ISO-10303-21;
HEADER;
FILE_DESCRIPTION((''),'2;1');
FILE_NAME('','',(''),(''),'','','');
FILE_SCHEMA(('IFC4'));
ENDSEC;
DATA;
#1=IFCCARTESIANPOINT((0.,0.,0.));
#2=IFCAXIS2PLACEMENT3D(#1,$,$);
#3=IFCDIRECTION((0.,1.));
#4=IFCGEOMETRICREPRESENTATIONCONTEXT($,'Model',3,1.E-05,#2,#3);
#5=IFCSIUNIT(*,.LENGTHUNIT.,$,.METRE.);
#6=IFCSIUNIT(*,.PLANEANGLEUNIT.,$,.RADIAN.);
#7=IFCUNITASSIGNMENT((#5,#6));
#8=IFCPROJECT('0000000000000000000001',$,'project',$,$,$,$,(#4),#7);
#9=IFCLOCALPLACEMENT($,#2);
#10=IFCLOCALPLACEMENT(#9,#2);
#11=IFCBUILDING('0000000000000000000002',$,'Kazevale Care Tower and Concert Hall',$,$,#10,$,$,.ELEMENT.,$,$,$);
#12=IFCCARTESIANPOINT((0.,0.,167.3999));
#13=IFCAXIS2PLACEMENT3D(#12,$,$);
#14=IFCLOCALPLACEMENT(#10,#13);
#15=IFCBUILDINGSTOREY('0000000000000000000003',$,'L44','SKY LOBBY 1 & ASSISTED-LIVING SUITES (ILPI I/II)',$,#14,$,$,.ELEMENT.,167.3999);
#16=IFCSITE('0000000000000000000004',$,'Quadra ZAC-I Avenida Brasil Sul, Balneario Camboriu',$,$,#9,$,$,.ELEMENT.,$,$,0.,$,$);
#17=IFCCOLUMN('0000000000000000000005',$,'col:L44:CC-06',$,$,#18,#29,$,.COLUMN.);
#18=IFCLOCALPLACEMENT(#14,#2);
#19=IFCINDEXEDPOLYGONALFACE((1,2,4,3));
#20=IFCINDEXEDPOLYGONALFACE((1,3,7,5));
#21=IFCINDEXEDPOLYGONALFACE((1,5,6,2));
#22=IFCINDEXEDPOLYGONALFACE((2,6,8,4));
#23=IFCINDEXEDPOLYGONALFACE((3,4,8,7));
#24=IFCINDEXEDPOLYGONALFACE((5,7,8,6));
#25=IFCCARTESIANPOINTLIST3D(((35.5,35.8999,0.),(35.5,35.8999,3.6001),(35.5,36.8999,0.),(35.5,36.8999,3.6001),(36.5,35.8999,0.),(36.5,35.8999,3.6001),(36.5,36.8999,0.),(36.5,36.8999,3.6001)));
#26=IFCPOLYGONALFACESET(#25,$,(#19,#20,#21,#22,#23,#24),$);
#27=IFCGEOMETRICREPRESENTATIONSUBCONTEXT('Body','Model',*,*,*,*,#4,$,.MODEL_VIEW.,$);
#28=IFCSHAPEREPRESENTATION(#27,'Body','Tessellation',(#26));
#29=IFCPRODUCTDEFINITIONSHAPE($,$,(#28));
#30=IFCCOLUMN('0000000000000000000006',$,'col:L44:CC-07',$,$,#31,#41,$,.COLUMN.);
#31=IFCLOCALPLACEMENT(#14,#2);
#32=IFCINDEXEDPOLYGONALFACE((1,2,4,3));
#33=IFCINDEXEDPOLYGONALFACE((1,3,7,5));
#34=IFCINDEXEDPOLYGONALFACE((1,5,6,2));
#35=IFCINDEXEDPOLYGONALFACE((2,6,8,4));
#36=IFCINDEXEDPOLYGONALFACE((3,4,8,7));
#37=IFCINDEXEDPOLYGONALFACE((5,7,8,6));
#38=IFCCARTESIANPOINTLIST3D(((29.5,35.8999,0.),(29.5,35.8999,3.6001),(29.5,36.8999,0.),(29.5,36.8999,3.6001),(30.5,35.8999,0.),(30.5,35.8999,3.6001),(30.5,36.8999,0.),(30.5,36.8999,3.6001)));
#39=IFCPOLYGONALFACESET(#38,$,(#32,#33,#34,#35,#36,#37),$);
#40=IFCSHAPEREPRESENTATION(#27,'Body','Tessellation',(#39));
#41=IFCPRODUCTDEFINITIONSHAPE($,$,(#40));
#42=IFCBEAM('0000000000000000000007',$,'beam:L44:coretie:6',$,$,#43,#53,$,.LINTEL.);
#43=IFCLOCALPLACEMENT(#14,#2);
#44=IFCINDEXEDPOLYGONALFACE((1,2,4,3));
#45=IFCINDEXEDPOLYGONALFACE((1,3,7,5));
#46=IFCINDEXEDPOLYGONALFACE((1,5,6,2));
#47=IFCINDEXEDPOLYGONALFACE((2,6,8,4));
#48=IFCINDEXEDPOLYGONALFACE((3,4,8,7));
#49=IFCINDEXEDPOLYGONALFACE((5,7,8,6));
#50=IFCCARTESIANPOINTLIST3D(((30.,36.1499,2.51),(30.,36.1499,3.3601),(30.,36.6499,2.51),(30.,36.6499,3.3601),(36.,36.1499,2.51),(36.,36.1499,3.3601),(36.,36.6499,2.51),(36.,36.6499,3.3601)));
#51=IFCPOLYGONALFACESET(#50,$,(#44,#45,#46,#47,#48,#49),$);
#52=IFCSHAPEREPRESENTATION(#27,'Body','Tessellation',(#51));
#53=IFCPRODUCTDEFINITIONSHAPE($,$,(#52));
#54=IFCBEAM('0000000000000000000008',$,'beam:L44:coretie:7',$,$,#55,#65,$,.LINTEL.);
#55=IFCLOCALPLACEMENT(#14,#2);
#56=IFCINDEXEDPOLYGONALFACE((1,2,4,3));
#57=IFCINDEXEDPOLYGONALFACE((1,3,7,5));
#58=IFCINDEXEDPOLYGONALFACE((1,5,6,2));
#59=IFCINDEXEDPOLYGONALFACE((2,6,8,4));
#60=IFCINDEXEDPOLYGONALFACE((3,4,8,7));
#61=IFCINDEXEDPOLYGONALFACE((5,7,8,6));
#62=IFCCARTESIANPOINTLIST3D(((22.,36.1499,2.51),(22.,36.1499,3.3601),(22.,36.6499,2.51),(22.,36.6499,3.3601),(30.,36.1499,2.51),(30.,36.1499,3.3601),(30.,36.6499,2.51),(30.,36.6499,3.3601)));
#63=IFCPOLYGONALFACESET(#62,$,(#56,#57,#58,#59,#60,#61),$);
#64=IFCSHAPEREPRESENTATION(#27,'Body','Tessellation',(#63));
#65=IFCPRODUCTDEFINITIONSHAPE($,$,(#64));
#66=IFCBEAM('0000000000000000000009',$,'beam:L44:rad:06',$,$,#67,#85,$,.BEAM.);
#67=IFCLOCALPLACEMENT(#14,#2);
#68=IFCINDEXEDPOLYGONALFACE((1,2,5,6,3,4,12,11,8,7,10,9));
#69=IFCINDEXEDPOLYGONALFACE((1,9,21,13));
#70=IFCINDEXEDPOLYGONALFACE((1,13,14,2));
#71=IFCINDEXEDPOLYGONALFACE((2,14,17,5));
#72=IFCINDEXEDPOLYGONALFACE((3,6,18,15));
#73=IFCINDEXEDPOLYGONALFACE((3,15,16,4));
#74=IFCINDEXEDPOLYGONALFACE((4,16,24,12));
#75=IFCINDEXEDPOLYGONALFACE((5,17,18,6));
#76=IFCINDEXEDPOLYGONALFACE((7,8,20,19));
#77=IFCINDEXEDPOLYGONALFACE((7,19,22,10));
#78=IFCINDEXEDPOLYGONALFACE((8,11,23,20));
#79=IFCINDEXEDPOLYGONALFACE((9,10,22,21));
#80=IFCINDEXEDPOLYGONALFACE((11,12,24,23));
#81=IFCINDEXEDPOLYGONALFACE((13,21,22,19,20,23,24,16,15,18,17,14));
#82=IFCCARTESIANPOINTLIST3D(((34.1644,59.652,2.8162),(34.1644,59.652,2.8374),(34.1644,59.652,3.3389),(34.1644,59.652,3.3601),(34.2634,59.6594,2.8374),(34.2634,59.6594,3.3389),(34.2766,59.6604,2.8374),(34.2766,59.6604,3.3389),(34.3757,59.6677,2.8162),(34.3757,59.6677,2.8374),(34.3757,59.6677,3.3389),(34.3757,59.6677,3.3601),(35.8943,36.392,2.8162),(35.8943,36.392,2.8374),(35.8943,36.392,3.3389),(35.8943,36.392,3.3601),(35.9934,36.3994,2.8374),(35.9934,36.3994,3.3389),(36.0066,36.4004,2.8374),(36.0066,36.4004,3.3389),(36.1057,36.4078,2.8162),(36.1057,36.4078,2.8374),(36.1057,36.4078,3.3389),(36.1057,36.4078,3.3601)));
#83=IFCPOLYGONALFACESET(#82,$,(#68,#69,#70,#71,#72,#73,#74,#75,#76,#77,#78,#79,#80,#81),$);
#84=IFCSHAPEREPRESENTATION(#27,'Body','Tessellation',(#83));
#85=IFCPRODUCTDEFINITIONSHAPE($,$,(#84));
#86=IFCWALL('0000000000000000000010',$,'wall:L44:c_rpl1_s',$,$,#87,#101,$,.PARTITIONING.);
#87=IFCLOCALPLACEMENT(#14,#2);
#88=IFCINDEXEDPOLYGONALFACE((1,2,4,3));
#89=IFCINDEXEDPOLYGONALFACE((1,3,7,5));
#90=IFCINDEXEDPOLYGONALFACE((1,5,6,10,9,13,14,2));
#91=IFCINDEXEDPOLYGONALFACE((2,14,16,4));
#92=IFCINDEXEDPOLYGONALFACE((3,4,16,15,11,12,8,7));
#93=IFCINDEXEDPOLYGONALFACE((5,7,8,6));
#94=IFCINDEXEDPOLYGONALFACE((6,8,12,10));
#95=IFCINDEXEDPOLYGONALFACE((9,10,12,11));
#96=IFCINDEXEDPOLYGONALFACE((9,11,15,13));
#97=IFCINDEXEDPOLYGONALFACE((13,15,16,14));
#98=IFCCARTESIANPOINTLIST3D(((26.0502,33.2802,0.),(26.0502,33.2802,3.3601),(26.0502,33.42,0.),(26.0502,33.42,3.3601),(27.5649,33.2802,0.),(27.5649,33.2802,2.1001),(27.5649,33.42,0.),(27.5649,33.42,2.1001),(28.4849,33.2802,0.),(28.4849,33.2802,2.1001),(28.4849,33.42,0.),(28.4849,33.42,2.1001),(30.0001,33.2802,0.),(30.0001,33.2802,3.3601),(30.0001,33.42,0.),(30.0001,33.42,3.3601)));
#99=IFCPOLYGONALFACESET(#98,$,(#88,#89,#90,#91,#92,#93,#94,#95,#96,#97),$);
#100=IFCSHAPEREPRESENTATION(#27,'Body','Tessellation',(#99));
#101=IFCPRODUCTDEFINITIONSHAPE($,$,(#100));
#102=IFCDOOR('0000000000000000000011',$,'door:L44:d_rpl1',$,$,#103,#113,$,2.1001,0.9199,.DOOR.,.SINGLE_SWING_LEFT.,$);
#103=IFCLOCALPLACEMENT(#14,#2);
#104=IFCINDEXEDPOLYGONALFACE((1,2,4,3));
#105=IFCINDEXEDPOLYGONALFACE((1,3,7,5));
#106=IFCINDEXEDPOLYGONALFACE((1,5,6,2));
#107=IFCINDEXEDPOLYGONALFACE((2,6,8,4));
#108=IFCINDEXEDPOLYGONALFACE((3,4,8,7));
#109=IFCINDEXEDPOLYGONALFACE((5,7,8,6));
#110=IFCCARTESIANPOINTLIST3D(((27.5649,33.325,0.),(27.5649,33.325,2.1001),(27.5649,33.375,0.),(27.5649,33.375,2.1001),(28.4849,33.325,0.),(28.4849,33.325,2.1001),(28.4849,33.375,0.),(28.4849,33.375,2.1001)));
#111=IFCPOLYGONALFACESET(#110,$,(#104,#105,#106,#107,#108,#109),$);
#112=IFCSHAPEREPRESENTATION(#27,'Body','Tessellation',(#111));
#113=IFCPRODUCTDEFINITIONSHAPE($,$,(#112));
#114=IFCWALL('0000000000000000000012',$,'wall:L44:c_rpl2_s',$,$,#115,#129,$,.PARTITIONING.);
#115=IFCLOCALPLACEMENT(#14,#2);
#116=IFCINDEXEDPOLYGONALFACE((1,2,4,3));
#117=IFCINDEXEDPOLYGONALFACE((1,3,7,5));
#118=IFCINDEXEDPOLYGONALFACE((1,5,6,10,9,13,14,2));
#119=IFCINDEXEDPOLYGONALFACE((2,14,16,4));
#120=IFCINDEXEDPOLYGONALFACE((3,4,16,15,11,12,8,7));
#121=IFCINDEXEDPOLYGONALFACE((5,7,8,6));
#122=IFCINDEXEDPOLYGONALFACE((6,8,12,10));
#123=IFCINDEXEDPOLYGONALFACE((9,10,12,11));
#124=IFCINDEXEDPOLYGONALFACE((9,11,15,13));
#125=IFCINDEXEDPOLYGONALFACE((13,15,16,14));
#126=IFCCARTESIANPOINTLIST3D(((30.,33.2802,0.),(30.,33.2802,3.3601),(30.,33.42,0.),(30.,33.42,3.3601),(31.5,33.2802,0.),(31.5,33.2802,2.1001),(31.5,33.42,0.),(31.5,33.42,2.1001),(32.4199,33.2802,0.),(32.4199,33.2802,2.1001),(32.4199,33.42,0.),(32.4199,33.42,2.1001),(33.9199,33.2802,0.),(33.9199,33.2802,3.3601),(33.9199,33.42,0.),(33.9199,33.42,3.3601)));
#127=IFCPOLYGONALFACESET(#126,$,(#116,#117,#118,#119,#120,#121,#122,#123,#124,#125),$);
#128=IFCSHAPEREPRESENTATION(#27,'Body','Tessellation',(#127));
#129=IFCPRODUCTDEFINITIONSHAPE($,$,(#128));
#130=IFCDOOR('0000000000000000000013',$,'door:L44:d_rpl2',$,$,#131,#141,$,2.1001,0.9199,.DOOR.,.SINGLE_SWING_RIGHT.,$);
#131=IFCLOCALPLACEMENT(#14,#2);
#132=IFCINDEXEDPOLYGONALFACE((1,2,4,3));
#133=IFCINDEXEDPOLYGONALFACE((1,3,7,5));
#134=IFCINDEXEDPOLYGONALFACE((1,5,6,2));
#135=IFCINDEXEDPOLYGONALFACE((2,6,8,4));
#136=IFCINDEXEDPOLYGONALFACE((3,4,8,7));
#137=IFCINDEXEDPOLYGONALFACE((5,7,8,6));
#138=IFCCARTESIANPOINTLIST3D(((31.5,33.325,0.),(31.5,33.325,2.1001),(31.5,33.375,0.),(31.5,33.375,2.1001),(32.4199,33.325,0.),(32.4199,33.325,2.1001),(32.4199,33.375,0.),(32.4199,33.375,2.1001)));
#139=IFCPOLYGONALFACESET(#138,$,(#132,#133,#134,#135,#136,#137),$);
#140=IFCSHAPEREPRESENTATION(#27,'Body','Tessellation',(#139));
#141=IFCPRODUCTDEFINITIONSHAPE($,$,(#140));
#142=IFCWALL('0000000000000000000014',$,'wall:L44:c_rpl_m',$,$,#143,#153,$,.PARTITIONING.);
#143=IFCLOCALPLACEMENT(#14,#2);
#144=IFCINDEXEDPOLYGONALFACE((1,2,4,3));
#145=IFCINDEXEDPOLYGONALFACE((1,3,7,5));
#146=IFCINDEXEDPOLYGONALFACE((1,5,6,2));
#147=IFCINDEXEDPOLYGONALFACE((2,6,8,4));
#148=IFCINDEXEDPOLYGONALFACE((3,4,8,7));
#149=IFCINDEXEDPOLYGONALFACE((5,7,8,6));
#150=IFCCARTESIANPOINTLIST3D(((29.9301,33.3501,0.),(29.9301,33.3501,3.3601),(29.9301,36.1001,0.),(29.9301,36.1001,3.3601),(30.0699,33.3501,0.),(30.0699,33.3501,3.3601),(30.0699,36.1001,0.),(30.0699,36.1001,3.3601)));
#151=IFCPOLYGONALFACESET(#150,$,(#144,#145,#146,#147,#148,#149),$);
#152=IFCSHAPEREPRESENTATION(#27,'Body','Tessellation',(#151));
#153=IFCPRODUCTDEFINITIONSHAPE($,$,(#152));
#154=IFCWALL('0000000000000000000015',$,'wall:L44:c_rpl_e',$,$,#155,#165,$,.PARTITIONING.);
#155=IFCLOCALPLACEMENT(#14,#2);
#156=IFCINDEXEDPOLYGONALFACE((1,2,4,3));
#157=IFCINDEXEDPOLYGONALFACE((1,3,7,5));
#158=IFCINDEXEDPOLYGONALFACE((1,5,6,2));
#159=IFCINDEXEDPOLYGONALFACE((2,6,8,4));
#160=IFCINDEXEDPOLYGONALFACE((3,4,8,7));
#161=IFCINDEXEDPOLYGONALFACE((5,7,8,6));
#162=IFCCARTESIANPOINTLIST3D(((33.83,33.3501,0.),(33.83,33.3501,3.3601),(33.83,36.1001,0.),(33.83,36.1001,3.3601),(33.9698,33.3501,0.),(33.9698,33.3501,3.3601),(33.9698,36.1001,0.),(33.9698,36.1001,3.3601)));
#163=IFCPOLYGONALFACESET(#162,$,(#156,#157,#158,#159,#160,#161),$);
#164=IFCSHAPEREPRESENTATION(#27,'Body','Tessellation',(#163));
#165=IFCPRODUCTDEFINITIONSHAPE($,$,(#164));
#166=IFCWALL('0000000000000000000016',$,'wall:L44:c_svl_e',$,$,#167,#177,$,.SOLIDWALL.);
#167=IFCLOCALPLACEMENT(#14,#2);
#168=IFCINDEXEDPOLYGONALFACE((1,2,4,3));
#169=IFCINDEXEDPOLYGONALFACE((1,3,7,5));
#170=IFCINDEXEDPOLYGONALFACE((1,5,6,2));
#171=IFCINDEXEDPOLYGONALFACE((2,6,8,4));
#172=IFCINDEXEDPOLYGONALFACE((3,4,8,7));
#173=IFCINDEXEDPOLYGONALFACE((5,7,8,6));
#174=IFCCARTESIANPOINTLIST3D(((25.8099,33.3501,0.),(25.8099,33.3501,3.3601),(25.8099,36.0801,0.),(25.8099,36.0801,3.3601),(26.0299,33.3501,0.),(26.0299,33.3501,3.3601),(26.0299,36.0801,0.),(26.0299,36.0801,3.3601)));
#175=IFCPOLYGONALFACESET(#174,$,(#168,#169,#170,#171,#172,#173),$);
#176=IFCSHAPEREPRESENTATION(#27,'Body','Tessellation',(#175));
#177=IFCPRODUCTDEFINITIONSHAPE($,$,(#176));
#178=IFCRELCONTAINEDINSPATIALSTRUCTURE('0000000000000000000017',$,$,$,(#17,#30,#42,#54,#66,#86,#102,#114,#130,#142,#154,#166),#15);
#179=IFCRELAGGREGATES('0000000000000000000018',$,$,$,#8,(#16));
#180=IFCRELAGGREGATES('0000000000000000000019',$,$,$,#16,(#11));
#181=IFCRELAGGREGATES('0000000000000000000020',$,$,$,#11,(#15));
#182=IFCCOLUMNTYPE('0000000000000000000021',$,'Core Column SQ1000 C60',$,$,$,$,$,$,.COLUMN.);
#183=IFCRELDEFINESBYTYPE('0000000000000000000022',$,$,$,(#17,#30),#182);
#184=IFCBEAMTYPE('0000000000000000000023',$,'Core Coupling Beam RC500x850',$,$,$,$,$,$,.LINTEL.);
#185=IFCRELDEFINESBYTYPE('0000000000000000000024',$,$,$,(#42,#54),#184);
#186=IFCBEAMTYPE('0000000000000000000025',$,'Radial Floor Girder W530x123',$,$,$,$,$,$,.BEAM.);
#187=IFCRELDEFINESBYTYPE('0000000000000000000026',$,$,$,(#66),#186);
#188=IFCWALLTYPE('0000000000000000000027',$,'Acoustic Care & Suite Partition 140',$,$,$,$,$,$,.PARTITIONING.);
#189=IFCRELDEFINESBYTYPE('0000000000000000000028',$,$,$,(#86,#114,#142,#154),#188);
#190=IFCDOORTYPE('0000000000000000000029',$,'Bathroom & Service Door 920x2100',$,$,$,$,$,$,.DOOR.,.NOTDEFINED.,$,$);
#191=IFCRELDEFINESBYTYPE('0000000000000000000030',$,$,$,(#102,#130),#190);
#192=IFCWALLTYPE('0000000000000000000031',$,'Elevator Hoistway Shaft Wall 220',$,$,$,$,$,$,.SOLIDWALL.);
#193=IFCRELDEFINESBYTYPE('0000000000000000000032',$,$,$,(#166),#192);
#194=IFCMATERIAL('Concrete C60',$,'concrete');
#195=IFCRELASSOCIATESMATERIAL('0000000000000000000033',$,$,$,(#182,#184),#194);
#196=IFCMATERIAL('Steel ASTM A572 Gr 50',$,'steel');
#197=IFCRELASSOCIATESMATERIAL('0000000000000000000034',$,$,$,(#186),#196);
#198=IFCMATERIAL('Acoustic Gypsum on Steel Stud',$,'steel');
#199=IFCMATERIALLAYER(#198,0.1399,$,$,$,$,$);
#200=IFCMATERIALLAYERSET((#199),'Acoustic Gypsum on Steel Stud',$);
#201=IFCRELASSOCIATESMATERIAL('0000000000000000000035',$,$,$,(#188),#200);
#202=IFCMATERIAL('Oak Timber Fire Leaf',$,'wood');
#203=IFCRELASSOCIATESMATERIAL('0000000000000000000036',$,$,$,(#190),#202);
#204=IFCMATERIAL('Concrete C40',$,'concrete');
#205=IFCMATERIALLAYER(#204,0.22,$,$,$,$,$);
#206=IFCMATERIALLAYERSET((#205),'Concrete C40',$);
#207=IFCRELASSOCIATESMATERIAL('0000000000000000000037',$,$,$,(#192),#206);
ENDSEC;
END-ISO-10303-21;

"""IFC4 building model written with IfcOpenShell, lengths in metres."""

from ifc_helpers import new_model, si_unit, direction, frame, frame_2d, origin, origin_2d, place, context, subcontext, project, spatial, rectangle, i_section, extrude, material, layer, layer_set, material_profile, profile_set, type_object, element, fill, save


model = new_model("IFC4")

# Units and contexts
model_context = context("Model", 3, precision=1e-05, world=origin(), true_north=direction((0.0, 1.0)))
body_context = subcontext(model_context, "Body", "Model", "MODEL_VIEW")
ifc_project = project(units=[si_unit("LENGTHUNIT", "METRE"), si_unit("PLANEANGLEUNIT", "RADIAN")], contexts=[model_context])

# Site, building, storey
site_placement = place(None, origin())
site = spatial("IfcSite", under=ifc_project, at=site_placement, Name="Quadra ZAC-I Avenida Brasil Sul, Balneario Camboriu", CompositionType="ELEMENT", RefElevation=0.0)
building_placement = place(site_placement, origin())
building = spatial("IfcBuilding", under=site, at=building_placement, Name="Kazevale Care Tower and Concert Hall", CompositionType="ELEMENT")
storey_placement = place(building_placement, frame((0.0, 0.0, 167.3999)))
storey = spatial("IfcBuildingStorey", under=building, at=storey_placement, Name="L44", Description="SKY LOBBY 1 & ASSISTED-LIVING SUITES (ILPI I/II)", CompositionType="ELEMENT", Elevation=167.3999)

# Columns
ifc_material_1 = material(Name="Concrete C60", Category="concrete")
ifc_material_profile_1 = material_profile(ifc_material_1, rectangle(XDim=1.0, YDim=1.0, at=origin_2d()), Name="RC-SQ1000")
ifc_profile_set_1 = profile_set([ifc_material_profile_1], Name="Concrete C60")
column_type = type_object("IfcColumnType", Name="Core Column SQ1000 C60", PredefinedType="COLUMN", material=ifc_profile_set_1)
for number, where, z_axis, x_axis, name in (
    (1, (36.0, 36.3999, 0.0), (0.0, 0.0, 1.0), (1.0, 0.0, 0.0), "col:L44:CC-06"),
    (2, (30.0, 36.3999, 0.0), (0.0, 0.0, 1.0), (1.0, 0.0, 0.0), "col:L44:CC-07"),
):
    element("IfcColumn", number, at=place(storey_placement, frame(where, z_axis=z_axis, x_axis=x_axis)), inside=storey, type_object=column_type, Name=name, PredefinedType="COLUMN", context=body_context, shape_type="SweptSolid", body=[
        extrude(rectangle(XDim=1.0, YDim=1.0, at=origin_2d()), origin(), (0.0, 0.0, 1.0), 3.6001),
    ])

# Beams
ifc_material_profile_2 = material_profile(ifc_material_1, rectangle(XDim=0.5, YDim=0.8501, at=origin_2d()), Name="RC-B500x850")
ifc_profile_set_2 = profile_set([ifc_material_profile_2], Name="Concrete C60")
beam_type_1 = type_object("IfcBeamType", Name="Core Coupling Beam RC500x850", PredefinedType="LINTEL", material=ifc_profile_set_2)
beam_1_placement = place(storey_placement, frame((36.0, 36.3999, 2.9351), z_axis=(-1.0, 0.0, 0.0), x_axis=(0.0, -1.0, 0.0)))
element("IfcBeam", 3, at=beam_1_placement, inside=storey, type_object=beam_type_1, Name="beam:L44:coretie:6", PredefinedType="LINTEL", context=body_context, shape_type="SweptSolid", body=[
    extrude(rectangle(XDim=0.5, YDim=0.8501, at=origin_2d()), origin(), (0.0, 0.0, 1.0), 6.0),
])
beam_2_placement = place(storey_placement, frame((30.0, 36.3999, 2.9351), z_axis=(-1.0, 0.0, 0.0), x_axis=(0.0, -1.0, 0.0)))
element("IfcBeam", 4, at=beam_2_placement, inside=storey, type_object=beam_type_1, Name="beam:L44:coretie:7", PredefinedType="LINTEL", context=body_context, shape_type="SweptSolid", body=[
    extrude(rectangle(XDim=0.5, YDim=0.8501, at=origin_2d()), origin(), (0.0, 0.0, 1.0), 8.0),
])
ifc_material_2 = material(Name="Steel ASTM A572 Gr 50", Category="steel")
ifc_material_profile_3 = material_profile(ifc_material_2, i_section(OverallWidth=0.2119, OverallDepth=0.5439, WebThickness=0.0132, FlangeThickness=0.0212, at=origin_2d()), Name="W530x123")
ifc_profile_set_3 = profile_set([ifc_material_profile_3], Name="Steel ASTM A572 Gr 50")
beam_type_2 = type_object("IfcBeamType", Name="Radial Floor Girder W530x123", PredefinedType="BEAM", material=ifc_profile_set_3)
beam_3_placement = place(storey_placement, frame((36.0, 36.3999, 3.0881), z_axis=(-0.074171, 0.997246, 0.0), x_axis=(-0.997246, -0.074171, 0.0)))
element("IfcBeam", 5, at=beam_3_placement, inside=storey, type_object=beam_type_2, Name="beam:L44:rad:06", PredefinedType="BEAM", context=body_context, shape_type="SweptSolid", body=[
    extrude(i_section(OverallWidth=0.2119, OverallDepth=0.5439, WebThickness=0.0132, FlangeThickness=0.0212, at=origin_2d()), origin(), (0.0, 0.0, 1.0), 23.3242),
])

# Walls, openings, doors
ifc_material_3 = material(Name="Acoustic Gypsum on Steel Stud", Category="steel")
ifc_layer_1 = layer(ifc_material_3, 0.1399)
ifc_layer_set_1 = layer_set([ifc_layer_1], Name="Acoustic Gypsum on Steel Stud")
wall_type_1 = type_object("IfcWallType", Name="Acoustic Care & Suite Partition 140", PredefinedType="PARTITIONING", material=ifc_layer_set_1)
wall_1_placement = place(storey_placement, frame((26.05, 33.3501, 0.0), z_axis=(0.0, 0.0, 1.0), x_axis=(1.0, 0.0, 0.0)))
wall_1 = element("IfcWall", 6, at=wall_1_placement, inside=storey, type_object=wall_type_1, Name="wall:L44:c_rpl1_s", PredefinedType="PARTITIONING", context=body_context, shape_type="SweptSolid", body=[
    extrude(rectangle(XDim=3.95, YDim=0.1399, at=frame_2d((1.9751, 0.0))), origin(), (0.0, 0.0, 1.0), 3.3601),
])
opening_1_placement = place(wall_1_placement, frame((1.5149, 0.0, 0.0)))
opening_1 = element("IfcOpeningElement", 7, at=opening_1_placement, cuts=wall_1, PredefinedType="OPENING", context=body_context, shape_type="SweptSolid", body=[
    extrude(rectangle(XDim=0.9199, YDim=2.1001, at=frame_2d((0.46, 1.05))), frame((0.0, 0.0798, 0.0), z_axis=(0.0, -1.0, 0.0), x_axis=(1.0, 0.0, 0.0)), (0.0, 0.0, 1.0), 0.1599),
])
ifc_material_4 = material(Name="Oak Timber Fire Leaf", Category="wood")
door_type_1 = type_object("IfcDoorType", Name="Bathroom & Service Door 920x2100", OperationType="NOTDEFINED", PredefinedType="DOOR", material=ifc_material_4)
door_1_placement = place(opening_1_placement, origin())
door_1 = element("IfcDoor", 8, at=door_1_placement, inside=storey, type_object=door_type_1, Name="door:L44:d_rpl1", OperationType="SINGLE_SWING_LEFT", OverallHeight=2.1001, OverallWidth=0.9199, PredefinedType="DOOR", context=body_context, shape_type="SweptSolid", body=[
    extrude(rectangle(XDim=0.9199, YDim=2.1001, at=frame_2d((0.46, 1.05))), frame((0.0, 0.0249, 0.0), z_axis=(0.0, -1.0, 0.0), x_axis=(1.0, 0.0, 0.0)), (0.0, 0.0, 1.0), 0.05),
])
fill(opening_1, door_1)
wall_2_placement = place(storey_placement, frame((30.0, 33.3501, 0.0), z_axis=(0.0, 0.0, 1.0), x_axis=(1.0, 0.0, 0.0)))
wall_2 = element("IfcWall", 9, at=wall_2_placement, inside=storey, type_object=wall_type_1, Name="wall:L44:c_rpl2_s", PredefinedType="PARTITIONING", context=body_context, shape_type="SweptSolid", body=[
    extrude(rectangle(XDim=3.9199, YDim=0.1399, at=frame_2d((1.96, 0.0))), origin(), (0.0, 0.0, 1.0), 3.3601),
])
opening_2_placement = place(wall_2_placement, frame((1.5, 0.0, 0.0)))
opening_2 = element("IfcOpeningElement", 10, at=opening_2_placement, cuts=wall_2, PredefinedType="OPENING", context=body_context, shape_type="SweptSolid", body=[
    extrude(rectangle(XDim=0.9199, YDim=2.1001, at=frame_2d((0.46, 1.05))), frame((0.0, 0.0798, 0.0), z_axis=(0.0, -1.0, 0.0), x_axis=(1.0, 0.0, 0.0)), (0.0, 0.0, 1.0), 0.1599),
])
door_2_placement = place(opening_2_placement, origin())
door_2 = element("IfcDoor", 11, at=door_2_placement, inside=storey, type_object=door_type_1, Name="door:L44:d_rpl2", OperationType="SINGLE_SWING_RIGHT", OverallHeight=2.1001, OverallWidth=0.9199, PredefinedType="DOOR", context=body_context, shape_type="SweptSolid", body=[
    extrude(rectangle(XDim=0.9199, YDim=2.1001, at=frame_2d((0.46, 1.05))), frame((0.0, 0.0249, 0.0), z_axis=(0.0, -1.0, 0.0), x_axis=(1.0, 0.0, 0.0)), (0.0, 0.0, 1.0), 0.05),
])
fill(opening_2, door_2)

# Walls
for number, where, z_axis, x_axis, name in (
    (12, (30.0, 33.3501, 0.0), (0.0, 0.0, 1.0), (0.0, 1.0, 0.0), "wall:L44:c_rpl_m"),
    (13, (33.8999, 33.3501, 0.0), (0.0, 0.0, 1.0), (0.0, 1.0, 0.0), "wall:L44:c_rpl_e"),
):
    element("IfcWall", number, at=place(storey_placement, frame(where, z_axis=z_axis, x_axis=x_axis)), inside=storey, type_object=wall_type_1, Name=name, PredefinedType="PARTITIONING", context=body_context, shape_type="SweptSolid", body=[
        extrude(rectangle(XDim=2.75, YDim=0.1399, at=frame_2d((1.375, 0.0))), origin(), (0.0, 0.0, 1.0), 3.3601),
    ])
ifc_material_5 = material(Name="Concrete C40", Category="concrete")
ifc_layer_2 = layer(ifc_material_5, 0.22)
ifc_layer_set_2 = layer_set([ifc_layer_2], Name="Concrete C40")
wall_type_2 = type_object("IfcWallType", Name="Elevator Hoistway Shaft Wall 220", PredefinedType="SOLIDWALL", material=ifc_layer_set_2)
wall_3_placement = place(storey_placement, frame((25.9199, 33.3501, 0.0), z_axis=(0.0, 0.0, 1.0), x_axis=(0.0, 1.0, 0.0)))
element("IfcWall", 14, at=wall_3_placement, inside=storey, type_object=wall_type_2, Name="wall:L44:c_svl_e", PredefinedType="SOLIDWALL", context=body_context, shape_type="SweptSolid", body=[
    extrude(rectangle(XDim=2.73, YDim=0.22, at=frame_2d((1.365, 0.0))), origin(), (0.0, 0.0, 1.0), 3.3601),
])

save(model, "model.ifc")
